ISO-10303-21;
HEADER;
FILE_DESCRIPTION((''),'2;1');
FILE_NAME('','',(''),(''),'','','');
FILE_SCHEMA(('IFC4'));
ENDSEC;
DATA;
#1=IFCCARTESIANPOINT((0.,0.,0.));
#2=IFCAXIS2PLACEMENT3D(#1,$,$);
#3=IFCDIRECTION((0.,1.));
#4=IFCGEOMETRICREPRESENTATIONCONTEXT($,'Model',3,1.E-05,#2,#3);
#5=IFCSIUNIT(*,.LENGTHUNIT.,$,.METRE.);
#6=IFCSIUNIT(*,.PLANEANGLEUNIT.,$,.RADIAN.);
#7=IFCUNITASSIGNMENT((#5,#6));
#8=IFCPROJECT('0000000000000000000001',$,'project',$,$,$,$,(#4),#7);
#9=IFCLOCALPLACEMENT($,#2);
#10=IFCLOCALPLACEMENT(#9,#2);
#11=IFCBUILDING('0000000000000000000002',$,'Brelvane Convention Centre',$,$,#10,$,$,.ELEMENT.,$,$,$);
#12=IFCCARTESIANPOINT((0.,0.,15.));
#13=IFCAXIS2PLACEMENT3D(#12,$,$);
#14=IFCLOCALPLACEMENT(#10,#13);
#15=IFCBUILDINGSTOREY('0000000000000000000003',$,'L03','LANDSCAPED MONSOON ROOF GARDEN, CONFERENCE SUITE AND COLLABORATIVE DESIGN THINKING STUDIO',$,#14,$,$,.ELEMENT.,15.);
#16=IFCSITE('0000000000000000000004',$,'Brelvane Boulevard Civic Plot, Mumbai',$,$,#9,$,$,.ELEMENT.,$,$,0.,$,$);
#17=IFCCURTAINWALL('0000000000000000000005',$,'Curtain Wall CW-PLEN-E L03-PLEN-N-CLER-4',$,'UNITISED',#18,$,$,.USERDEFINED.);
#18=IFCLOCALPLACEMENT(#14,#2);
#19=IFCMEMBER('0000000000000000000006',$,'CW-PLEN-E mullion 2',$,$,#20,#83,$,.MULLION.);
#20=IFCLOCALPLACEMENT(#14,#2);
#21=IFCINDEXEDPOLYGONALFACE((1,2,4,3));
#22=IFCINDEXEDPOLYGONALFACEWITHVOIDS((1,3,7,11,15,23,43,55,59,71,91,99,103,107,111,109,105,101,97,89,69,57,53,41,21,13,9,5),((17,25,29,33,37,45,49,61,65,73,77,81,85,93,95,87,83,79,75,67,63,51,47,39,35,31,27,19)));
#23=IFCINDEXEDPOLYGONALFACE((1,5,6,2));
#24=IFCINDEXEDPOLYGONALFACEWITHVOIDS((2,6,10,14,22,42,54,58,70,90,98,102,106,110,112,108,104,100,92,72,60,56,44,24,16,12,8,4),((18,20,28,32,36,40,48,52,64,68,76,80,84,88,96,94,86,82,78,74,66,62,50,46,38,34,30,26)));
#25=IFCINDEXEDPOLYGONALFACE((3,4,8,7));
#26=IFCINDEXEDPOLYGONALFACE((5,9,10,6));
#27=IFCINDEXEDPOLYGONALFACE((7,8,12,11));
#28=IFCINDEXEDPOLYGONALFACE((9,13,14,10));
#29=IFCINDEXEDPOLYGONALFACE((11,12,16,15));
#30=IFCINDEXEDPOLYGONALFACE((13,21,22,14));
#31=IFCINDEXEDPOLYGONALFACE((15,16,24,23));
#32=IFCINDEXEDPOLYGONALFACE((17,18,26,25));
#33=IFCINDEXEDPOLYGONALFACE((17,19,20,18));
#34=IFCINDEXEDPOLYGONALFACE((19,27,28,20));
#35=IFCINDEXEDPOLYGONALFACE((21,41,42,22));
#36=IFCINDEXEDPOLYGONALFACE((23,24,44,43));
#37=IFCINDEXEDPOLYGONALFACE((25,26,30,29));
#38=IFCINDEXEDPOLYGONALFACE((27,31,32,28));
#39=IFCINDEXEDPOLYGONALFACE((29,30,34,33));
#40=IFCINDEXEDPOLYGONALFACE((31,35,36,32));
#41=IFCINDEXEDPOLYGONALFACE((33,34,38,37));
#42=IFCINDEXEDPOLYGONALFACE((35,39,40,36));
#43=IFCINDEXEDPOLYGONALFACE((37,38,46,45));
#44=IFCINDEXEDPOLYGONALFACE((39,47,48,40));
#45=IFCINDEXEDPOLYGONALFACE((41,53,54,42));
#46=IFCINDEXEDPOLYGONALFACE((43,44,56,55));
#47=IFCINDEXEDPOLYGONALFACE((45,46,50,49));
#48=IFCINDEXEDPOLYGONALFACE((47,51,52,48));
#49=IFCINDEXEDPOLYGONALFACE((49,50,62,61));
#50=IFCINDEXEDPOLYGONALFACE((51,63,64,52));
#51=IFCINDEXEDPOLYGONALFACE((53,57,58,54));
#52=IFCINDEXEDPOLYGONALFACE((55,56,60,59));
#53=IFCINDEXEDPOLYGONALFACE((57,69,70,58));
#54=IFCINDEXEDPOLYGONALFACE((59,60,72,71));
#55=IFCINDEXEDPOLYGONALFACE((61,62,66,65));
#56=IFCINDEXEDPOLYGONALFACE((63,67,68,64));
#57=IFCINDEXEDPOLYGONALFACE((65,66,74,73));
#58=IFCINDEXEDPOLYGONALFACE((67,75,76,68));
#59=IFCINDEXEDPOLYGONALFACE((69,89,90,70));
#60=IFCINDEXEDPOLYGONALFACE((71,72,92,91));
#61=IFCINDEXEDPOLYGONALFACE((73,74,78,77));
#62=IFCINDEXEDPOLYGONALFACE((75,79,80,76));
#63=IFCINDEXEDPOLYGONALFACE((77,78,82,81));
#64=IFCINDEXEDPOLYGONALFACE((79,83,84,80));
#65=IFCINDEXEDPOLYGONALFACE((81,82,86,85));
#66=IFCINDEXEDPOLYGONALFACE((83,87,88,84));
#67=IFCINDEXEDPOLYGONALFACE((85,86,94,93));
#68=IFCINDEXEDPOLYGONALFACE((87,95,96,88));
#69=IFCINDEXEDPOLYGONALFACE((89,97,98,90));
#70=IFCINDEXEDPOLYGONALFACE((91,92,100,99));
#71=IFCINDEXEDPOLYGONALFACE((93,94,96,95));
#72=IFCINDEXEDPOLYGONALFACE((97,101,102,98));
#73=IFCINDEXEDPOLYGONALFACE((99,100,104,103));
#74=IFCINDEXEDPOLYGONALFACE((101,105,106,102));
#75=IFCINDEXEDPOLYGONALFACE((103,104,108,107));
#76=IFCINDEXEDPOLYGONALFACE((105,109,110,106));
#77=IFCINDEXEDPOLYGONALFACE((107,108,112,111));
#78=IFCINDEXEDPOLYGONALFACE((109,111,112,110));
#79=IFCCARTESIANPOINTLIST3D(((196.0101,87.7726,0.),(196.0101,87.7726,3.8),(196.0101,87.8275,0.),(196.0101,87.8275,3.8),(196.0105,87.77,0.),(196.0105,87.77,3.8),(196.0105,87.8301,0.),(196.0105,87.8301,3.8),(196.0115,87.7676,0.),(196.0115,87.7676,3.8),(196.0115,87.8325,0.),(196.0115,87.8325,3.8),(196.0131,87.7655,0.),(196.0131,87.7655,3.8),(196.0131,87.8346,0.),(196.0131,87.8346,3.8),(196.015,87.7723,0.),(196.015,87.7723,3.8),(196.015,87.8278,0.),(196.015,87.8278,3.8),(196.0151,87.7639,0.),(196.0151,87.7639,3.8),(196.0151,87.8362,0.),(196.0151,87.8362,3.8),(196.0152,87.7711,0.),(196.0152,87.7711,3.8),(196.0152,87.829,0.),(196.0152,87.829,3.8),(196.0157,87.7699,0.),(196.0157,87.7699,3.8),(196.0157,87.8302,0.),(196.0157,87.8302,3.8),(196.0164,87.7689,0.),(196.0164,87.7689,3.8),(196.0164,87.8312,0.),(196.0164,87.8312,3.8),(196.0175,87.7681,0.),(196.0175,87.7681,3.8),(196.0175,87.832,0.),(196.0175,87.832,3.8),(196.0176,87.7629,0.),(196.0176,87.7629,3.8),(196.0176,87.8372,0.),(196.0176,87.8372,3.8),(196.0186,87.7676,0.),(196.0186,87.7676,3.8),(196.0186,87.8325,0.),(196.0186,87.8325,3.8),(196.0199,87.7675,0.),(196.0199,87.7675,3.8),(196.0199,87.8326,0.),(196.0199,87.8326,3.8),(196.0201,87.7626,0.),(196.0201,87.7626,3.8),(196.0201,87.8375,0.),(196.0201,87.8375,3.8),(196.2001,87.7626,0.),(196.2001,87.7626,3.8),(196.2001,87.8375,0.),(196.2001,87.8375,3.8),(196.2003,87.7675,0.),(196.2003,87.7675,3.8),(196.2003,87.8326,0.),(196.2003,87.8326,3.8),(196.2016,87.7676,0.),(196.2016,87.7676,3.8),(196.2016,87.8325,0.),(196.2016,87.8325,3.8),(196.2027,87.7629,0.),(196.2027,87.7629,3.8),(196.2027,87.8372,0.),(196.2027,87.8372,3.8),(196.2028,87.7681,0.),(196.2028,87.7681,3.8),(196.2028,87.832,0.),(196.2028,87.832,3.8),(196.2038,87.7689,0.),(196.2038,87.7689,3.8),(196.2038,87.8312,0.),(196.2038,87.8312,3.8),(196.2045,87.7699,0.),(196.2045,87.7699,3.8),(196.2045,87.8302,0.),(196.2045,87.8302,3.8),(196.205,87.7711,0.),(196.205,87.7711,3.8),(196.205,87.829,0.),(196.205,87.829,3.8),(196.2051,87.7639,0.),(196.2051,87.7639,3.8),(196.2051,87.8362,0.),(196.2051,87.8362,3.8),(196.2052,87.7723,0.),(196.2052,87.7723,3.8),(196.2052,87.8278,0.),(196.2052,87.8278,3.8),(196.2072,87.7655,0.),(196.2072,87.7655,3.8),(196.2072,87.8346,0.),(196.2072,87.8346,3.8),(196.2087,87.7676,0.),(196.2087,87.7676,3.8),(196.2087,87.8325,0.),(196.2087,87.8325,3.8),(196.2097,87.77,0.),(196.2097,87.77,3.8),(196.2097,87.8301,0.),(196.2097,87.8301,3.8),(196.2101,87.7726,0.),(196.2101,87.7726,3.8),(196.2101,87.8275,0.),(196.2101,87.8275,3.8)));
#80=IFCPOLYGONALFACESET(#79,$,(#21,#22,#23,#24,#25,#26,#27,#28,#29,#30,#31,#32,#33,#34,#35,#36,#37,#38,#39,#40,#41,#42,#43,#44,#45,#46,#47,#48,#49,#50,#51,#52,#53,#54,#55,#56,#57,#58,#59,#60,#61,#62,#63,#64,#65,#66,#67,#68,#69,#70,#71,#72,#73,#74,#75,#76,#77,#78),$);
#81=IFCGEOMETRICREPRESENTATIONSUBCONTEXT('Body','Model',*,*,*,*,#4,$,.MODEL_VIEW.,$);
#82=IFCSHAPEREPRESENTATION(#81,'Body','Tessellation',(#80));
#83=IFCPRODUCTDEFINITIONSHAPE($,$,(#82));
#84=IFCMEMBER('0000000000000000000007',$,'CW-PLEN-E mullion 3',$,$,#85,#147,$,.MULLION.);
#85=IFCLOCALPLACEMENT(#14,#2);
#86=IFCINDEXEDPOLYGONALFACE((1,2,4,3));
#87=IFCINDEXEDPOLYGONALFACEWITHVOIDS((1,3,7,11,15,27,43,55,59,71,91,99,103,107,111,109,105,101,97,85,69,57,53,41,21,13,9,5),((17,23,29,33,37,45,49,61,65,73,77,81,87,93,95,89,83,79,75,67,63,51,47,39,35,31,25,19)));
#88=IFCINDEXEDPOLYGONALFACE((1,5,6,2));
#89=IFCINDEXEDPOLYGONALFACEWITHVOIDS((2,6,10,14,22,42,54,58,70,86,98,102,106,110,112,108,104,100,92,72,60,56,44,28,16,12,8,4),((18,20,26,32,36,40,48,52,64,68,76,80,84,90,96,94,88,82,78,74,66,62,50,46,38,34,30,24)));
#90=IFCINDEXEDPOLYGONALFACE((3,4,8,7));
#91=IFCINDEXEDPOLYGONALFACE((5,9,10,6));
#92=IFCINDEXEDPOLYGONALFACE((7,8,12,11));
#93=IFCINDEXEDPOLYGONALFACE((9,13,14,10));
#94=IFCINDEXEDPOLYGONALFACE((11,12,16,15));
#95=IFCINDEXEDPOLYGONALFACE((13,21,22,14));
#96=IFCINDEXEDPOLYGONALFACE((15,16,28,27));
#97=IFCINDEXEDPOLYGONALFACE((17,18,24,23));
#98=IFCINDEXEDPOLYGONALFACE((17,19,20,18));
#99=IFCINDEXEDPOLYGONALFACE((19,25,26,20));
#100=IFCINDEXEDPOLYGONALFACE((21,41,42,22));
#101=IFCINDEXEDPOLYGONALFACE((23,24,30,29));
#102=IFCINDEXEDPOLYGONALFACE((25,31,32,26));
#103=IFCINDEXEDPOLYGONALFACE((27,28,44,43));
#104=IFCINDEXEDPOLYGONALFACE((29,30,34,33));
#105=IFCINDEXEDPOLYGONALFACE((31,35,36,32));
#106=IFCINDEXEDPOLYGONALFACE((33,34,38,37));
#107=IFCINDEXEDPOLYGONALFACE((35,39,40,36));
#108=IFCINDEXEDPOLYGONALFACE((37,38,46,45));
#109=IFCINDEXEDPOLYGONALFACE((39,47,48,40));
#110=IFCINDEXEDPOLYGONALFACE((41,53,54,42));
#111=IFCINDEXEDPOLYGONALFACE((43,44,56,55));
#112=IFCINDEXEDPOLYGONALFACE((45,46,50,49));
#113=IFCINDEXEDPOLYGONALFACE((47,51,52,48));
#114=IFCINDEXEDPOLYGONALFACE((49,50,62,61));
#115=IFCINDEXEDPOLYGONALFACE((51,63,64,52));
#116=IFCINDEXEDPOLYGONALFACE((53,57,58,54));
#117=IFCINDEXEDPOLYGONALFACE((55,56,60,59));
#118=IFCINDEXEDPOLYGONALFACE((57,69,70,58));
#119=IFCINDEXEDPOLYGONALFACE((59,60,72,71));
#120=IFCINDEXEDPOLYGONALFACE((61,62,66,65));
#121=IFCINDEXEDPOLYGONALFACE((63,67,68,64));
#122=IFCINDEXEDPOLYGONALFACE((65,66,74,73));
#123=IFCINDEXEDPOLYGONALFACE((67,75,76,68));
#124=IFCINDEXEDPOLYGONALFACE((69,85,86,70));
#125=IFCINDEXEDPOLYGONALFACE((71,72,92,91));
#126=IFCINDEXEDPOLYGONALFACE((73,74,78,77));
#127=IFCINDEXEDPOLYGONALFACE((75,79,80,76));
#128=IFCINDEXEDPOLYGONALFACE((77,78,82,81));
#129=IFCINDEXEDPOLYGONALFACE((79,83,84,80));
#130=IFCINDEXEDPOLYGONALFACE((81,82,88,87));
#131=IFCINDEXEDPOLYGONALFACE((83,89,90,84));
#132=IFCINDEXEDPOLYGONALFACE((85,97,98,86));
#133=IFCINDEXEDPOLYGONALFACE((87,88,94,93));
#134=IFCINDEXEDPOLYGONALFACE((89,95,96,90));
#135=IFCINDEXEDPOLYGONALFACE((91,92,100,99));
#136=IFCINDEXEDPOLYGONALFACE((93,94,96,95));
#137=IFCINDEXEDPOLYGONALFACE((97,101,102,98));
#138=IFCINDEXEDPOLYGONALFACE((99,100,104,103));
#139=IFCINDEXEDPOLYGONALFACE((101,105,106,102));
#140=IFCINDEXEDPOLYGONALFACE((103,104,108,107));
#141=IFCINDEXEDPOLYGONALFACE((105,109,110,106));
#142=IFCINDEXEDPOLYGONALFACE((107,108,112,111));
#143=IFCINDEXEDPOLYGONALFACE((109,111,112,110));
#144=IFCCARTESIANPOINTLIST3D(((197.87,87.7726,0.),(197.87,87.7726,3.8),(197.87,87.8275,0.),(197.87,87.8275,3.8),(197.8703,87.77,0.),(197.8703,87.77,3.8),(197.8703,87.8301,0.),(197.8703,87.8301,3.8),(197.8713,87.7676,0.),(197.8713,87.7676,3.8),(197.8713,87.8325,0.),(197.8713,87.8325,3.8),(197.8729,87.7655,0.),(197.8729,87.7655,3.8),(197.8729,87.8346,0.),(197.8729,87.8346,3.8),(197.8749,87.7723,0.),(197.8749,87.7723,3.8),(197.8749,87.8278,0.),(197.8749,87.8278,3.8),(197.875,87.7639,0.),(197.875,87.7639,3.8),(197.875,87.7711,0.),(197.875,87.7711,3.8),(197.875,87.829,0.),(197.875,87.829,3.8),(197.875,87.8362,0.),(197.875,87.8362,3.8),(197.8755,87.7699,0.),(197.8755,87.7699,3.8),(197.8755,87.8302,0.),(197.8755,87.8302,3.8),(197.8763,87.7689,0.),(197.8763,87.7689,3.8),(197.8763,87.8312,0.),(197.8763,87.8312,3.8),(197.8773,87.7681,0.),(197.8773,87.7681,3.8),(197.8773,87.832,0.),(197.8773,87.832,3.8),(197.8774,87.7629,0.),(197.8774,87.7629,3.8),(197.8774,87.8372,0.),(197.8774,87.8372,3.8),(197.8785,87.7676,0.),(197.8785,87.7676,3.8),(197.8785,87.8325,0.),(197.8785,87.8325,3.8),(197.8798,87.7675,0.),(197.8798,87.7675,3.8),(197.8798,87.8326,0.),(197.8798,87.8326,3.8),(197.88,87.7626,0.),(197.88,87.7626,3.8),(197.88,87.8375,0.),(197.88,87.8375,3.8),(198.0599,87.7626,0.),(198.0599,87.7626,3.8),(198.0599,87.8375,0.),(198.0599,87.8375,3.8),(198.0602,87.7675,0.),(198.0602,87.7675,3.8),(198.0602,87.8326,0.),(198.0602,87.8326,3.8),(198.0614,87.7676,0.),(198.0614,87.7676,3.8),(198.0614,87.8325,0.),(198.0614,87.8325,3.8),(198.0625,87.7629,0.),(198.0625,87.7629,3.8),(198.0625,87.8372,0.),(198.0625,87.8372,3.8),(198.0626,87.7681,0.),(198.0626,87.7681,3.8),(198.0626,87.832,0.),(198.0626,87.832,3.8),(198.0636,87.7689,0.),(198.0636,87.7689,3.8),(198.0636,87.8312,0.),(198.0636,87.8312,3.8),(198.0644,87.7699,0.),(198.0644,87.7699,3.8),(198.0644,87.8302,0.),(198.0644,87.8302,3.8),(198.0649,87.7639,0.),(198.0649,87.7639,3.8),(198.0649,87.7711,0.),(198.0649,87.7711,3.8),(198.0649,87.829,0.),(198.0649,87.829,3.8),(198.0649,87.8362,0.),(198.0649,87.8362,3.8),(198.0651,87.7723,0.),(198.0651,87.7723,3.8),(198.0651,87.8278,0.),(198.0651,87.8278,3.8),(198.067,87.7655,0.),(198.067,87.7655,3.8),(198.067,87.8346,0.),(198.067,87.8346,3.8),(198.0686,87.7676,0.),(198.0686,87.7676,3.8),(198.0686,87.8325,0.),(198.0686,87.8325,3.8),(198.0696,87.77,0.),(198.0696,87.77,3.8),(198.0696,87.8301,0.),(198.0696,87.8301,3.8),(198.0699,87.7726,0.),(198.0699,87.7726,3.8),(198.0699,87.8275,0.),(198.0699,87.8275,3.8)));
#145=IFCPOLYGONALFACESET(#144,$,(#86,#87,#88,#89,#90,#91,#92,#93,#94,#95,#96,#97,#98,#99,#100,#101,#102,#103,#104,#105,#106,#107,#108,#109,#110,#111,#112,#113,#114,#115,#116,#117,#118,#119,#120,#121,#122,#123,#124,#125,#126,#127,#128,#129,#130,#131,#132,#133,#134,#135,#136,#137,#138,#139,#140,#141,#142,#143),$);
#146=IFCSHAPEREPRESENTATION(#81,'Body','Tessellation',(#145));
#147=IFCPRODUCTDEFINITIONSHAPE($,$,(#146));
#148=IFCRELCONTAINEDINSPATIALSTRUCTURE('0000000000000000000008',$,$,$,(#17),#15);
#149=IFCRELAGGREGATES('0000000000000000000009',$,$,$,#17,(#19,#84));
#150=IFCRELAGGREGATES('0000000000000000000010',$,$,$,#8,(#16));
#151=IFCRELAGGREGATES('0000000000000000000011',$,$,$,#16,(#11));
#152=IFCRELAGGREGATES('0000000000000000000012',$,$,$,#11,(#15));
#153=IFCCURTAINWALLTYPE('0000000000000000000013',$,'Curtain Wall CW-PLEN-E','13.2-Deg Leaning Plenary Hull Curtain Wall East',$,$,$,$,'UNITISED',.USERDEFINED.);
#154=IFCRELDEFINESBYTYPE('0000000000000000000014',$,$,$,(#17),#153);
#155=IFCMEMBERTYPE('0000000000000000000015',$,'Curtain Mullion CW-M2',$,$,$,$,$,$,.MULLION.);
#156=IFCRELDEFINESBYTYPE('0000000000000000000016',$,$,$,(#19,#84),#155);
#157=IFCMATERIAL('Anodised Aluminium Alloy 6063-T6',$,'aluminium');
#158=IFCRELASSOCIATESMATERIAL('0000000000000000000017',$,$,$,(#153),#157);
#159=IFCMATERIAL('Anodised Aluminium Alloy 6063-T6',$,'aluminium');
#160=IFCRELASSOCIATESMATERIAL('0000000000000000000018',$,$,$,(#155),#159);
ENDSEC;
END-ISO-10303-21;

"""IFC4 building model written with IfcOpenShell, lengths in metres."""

from ifc_helpers import new_model, si_unit, direction, frame, origin, origin_2d, place, context, subcontext, project, spatial, hollow_rectangle, extrude, material, material_profile, profile_set, type_object, element, aggregate, save


model = new_model("IFC4")

# Units and contexts
model_context = context("Model", 3, precision=1e-05, world=origin(), true_north=direction((0.0, 1.0)))
body_context = subcontext(model_context, "Body", "Model", "MODEL_VIEW")
ifc_project = project(units=[si_unit("LENGTHUNIT", "METRE"), si_unit("PLANEANGLEUNIT", "RADIAN")], contexts=[model_context])

# Site, building, storey
site_placement = place(None, origin())
site = spatial("IfcSite", under=ifc_project, at=site_placement, Name="Brelvane Boulevard Civic Plot, Mumbai", CompositionType="ELEMENT", RefElevation=0.0)
building_placement = place(site_placement, origin())
building = spatial("IfcBuilding", under=site, at=building_placement, Name="Brelvane Convention Centre", CompositionType="ELEMENT")
storey_placement = place(building_placement, frame((0.0, 0.0, 15.0)))
storey = spatial("IfcBuildingStorey", under=building, at=storey_placement, Name="L03", Description="LANDSCAPED MONSOON ROOF GARDEN, CONFERENCE SUITE AND COLLABORATIVE DESIGN THINKING STUDIO", CompositionType="ELEMENT", Elevation=15.0)

# Shared definitions
ifc_material_1 = material(Name="Anodised Aluminium Alloy 6063-T6", Category="aluminium")
curtain_wall_type = type_object("IfcCurtainWallType", Name="Curtain Wall CW-PLEN-E", Description="13.2-Deg Leaning Plenary Hull Curtain Wall East", ElementType="UNITISED", PredefinedType="USERDEFINED", material=ifc_material_1)
ifc_material_2 = material(Name="Anodised Aluminium Alloy 6063-T6", Category="aluminium")
ifc_material_profile_1 = material_profile(ifc_material_2, hollow_rectangle(XDim=0.075, YDim=0.2, WallThickness=0.0049, InnerFilletRadius=0.0049, OuterFilletRadius=0.01, at=origin_2d()), Name="ALU-M 200x75x5.0")
ifc_profile_set_1 = profile_set([ifc_material_profile_1], Name="Anodised Aluminium Alloy 6063-T6")
member_type_1 = type_object("IfcMemberType", Name="Curtain Mullion CW-M2", PredefinedType="MULLION", material=ifc_profile_set_1)

# Curtain wall, members
curtain_wall_1_placement = place(storey_placement, origin())
curtain_wall_1 = element("IfcCurtainWall", 1, at=curtain_wall_1_placement, inside=storey, type_object=curtain_wall_type, Name="Curtain Wall CW-PLEN-E L03-PLEN-N-CLER-4", ObjectType="UNITISED", PredefinedType="USERDEFINED")
member_1_placement = place(storey_placement, frame((196.1101, 87.8, 0.0), z_axis=(0.0, 0.0, 1.0), x_axis=(0.0, 1.0, 0.0)))
member_1 = element("IfcMember", 2, at=member_1_placement, type_object=member_type_1, Name="CW-PLEN-E mullion 2", PredefinedType="MULLION", context=body_context, shape_type="SweptSolid", body=[
    extrude(hollow_rectangle(XDim=0.075, YDim=0.2, WallThickness=0.0049, InnerFilletRadius=0.0049, OuterFilletRadius=0.01, at=origin_2d()), origin(), (0.0, 0.0, 1.0), 3.8),
])
member_2_placement = place(storey_placement, frame((197.97, 87.8, 0.0), z_axis=(0.0, 0.0, 1.0), x_axis=(0.0, 1.0, 0.0)))
member_2 = element("IfcMember", 3, at=member_2_placement, type_object=member_type_1, Name="CW-PLEN-E mullion 3", PredefinedType="MULLION", context=body_context, shape_type="SweptSolid", body=[
    extrude(hollow_rectangle(XDim=0.075, YDim=0.2, WallThickness=0.0049, InnerFilletRadius=0.0049, OuterFilletRadius=0.01, at=origin_2d()), origin(), (0.0, 0.0, 1.0), 3.8),
])

aggregate(curtain_wall_1, [member_1, member_2])

save(model, "model.ifc")
